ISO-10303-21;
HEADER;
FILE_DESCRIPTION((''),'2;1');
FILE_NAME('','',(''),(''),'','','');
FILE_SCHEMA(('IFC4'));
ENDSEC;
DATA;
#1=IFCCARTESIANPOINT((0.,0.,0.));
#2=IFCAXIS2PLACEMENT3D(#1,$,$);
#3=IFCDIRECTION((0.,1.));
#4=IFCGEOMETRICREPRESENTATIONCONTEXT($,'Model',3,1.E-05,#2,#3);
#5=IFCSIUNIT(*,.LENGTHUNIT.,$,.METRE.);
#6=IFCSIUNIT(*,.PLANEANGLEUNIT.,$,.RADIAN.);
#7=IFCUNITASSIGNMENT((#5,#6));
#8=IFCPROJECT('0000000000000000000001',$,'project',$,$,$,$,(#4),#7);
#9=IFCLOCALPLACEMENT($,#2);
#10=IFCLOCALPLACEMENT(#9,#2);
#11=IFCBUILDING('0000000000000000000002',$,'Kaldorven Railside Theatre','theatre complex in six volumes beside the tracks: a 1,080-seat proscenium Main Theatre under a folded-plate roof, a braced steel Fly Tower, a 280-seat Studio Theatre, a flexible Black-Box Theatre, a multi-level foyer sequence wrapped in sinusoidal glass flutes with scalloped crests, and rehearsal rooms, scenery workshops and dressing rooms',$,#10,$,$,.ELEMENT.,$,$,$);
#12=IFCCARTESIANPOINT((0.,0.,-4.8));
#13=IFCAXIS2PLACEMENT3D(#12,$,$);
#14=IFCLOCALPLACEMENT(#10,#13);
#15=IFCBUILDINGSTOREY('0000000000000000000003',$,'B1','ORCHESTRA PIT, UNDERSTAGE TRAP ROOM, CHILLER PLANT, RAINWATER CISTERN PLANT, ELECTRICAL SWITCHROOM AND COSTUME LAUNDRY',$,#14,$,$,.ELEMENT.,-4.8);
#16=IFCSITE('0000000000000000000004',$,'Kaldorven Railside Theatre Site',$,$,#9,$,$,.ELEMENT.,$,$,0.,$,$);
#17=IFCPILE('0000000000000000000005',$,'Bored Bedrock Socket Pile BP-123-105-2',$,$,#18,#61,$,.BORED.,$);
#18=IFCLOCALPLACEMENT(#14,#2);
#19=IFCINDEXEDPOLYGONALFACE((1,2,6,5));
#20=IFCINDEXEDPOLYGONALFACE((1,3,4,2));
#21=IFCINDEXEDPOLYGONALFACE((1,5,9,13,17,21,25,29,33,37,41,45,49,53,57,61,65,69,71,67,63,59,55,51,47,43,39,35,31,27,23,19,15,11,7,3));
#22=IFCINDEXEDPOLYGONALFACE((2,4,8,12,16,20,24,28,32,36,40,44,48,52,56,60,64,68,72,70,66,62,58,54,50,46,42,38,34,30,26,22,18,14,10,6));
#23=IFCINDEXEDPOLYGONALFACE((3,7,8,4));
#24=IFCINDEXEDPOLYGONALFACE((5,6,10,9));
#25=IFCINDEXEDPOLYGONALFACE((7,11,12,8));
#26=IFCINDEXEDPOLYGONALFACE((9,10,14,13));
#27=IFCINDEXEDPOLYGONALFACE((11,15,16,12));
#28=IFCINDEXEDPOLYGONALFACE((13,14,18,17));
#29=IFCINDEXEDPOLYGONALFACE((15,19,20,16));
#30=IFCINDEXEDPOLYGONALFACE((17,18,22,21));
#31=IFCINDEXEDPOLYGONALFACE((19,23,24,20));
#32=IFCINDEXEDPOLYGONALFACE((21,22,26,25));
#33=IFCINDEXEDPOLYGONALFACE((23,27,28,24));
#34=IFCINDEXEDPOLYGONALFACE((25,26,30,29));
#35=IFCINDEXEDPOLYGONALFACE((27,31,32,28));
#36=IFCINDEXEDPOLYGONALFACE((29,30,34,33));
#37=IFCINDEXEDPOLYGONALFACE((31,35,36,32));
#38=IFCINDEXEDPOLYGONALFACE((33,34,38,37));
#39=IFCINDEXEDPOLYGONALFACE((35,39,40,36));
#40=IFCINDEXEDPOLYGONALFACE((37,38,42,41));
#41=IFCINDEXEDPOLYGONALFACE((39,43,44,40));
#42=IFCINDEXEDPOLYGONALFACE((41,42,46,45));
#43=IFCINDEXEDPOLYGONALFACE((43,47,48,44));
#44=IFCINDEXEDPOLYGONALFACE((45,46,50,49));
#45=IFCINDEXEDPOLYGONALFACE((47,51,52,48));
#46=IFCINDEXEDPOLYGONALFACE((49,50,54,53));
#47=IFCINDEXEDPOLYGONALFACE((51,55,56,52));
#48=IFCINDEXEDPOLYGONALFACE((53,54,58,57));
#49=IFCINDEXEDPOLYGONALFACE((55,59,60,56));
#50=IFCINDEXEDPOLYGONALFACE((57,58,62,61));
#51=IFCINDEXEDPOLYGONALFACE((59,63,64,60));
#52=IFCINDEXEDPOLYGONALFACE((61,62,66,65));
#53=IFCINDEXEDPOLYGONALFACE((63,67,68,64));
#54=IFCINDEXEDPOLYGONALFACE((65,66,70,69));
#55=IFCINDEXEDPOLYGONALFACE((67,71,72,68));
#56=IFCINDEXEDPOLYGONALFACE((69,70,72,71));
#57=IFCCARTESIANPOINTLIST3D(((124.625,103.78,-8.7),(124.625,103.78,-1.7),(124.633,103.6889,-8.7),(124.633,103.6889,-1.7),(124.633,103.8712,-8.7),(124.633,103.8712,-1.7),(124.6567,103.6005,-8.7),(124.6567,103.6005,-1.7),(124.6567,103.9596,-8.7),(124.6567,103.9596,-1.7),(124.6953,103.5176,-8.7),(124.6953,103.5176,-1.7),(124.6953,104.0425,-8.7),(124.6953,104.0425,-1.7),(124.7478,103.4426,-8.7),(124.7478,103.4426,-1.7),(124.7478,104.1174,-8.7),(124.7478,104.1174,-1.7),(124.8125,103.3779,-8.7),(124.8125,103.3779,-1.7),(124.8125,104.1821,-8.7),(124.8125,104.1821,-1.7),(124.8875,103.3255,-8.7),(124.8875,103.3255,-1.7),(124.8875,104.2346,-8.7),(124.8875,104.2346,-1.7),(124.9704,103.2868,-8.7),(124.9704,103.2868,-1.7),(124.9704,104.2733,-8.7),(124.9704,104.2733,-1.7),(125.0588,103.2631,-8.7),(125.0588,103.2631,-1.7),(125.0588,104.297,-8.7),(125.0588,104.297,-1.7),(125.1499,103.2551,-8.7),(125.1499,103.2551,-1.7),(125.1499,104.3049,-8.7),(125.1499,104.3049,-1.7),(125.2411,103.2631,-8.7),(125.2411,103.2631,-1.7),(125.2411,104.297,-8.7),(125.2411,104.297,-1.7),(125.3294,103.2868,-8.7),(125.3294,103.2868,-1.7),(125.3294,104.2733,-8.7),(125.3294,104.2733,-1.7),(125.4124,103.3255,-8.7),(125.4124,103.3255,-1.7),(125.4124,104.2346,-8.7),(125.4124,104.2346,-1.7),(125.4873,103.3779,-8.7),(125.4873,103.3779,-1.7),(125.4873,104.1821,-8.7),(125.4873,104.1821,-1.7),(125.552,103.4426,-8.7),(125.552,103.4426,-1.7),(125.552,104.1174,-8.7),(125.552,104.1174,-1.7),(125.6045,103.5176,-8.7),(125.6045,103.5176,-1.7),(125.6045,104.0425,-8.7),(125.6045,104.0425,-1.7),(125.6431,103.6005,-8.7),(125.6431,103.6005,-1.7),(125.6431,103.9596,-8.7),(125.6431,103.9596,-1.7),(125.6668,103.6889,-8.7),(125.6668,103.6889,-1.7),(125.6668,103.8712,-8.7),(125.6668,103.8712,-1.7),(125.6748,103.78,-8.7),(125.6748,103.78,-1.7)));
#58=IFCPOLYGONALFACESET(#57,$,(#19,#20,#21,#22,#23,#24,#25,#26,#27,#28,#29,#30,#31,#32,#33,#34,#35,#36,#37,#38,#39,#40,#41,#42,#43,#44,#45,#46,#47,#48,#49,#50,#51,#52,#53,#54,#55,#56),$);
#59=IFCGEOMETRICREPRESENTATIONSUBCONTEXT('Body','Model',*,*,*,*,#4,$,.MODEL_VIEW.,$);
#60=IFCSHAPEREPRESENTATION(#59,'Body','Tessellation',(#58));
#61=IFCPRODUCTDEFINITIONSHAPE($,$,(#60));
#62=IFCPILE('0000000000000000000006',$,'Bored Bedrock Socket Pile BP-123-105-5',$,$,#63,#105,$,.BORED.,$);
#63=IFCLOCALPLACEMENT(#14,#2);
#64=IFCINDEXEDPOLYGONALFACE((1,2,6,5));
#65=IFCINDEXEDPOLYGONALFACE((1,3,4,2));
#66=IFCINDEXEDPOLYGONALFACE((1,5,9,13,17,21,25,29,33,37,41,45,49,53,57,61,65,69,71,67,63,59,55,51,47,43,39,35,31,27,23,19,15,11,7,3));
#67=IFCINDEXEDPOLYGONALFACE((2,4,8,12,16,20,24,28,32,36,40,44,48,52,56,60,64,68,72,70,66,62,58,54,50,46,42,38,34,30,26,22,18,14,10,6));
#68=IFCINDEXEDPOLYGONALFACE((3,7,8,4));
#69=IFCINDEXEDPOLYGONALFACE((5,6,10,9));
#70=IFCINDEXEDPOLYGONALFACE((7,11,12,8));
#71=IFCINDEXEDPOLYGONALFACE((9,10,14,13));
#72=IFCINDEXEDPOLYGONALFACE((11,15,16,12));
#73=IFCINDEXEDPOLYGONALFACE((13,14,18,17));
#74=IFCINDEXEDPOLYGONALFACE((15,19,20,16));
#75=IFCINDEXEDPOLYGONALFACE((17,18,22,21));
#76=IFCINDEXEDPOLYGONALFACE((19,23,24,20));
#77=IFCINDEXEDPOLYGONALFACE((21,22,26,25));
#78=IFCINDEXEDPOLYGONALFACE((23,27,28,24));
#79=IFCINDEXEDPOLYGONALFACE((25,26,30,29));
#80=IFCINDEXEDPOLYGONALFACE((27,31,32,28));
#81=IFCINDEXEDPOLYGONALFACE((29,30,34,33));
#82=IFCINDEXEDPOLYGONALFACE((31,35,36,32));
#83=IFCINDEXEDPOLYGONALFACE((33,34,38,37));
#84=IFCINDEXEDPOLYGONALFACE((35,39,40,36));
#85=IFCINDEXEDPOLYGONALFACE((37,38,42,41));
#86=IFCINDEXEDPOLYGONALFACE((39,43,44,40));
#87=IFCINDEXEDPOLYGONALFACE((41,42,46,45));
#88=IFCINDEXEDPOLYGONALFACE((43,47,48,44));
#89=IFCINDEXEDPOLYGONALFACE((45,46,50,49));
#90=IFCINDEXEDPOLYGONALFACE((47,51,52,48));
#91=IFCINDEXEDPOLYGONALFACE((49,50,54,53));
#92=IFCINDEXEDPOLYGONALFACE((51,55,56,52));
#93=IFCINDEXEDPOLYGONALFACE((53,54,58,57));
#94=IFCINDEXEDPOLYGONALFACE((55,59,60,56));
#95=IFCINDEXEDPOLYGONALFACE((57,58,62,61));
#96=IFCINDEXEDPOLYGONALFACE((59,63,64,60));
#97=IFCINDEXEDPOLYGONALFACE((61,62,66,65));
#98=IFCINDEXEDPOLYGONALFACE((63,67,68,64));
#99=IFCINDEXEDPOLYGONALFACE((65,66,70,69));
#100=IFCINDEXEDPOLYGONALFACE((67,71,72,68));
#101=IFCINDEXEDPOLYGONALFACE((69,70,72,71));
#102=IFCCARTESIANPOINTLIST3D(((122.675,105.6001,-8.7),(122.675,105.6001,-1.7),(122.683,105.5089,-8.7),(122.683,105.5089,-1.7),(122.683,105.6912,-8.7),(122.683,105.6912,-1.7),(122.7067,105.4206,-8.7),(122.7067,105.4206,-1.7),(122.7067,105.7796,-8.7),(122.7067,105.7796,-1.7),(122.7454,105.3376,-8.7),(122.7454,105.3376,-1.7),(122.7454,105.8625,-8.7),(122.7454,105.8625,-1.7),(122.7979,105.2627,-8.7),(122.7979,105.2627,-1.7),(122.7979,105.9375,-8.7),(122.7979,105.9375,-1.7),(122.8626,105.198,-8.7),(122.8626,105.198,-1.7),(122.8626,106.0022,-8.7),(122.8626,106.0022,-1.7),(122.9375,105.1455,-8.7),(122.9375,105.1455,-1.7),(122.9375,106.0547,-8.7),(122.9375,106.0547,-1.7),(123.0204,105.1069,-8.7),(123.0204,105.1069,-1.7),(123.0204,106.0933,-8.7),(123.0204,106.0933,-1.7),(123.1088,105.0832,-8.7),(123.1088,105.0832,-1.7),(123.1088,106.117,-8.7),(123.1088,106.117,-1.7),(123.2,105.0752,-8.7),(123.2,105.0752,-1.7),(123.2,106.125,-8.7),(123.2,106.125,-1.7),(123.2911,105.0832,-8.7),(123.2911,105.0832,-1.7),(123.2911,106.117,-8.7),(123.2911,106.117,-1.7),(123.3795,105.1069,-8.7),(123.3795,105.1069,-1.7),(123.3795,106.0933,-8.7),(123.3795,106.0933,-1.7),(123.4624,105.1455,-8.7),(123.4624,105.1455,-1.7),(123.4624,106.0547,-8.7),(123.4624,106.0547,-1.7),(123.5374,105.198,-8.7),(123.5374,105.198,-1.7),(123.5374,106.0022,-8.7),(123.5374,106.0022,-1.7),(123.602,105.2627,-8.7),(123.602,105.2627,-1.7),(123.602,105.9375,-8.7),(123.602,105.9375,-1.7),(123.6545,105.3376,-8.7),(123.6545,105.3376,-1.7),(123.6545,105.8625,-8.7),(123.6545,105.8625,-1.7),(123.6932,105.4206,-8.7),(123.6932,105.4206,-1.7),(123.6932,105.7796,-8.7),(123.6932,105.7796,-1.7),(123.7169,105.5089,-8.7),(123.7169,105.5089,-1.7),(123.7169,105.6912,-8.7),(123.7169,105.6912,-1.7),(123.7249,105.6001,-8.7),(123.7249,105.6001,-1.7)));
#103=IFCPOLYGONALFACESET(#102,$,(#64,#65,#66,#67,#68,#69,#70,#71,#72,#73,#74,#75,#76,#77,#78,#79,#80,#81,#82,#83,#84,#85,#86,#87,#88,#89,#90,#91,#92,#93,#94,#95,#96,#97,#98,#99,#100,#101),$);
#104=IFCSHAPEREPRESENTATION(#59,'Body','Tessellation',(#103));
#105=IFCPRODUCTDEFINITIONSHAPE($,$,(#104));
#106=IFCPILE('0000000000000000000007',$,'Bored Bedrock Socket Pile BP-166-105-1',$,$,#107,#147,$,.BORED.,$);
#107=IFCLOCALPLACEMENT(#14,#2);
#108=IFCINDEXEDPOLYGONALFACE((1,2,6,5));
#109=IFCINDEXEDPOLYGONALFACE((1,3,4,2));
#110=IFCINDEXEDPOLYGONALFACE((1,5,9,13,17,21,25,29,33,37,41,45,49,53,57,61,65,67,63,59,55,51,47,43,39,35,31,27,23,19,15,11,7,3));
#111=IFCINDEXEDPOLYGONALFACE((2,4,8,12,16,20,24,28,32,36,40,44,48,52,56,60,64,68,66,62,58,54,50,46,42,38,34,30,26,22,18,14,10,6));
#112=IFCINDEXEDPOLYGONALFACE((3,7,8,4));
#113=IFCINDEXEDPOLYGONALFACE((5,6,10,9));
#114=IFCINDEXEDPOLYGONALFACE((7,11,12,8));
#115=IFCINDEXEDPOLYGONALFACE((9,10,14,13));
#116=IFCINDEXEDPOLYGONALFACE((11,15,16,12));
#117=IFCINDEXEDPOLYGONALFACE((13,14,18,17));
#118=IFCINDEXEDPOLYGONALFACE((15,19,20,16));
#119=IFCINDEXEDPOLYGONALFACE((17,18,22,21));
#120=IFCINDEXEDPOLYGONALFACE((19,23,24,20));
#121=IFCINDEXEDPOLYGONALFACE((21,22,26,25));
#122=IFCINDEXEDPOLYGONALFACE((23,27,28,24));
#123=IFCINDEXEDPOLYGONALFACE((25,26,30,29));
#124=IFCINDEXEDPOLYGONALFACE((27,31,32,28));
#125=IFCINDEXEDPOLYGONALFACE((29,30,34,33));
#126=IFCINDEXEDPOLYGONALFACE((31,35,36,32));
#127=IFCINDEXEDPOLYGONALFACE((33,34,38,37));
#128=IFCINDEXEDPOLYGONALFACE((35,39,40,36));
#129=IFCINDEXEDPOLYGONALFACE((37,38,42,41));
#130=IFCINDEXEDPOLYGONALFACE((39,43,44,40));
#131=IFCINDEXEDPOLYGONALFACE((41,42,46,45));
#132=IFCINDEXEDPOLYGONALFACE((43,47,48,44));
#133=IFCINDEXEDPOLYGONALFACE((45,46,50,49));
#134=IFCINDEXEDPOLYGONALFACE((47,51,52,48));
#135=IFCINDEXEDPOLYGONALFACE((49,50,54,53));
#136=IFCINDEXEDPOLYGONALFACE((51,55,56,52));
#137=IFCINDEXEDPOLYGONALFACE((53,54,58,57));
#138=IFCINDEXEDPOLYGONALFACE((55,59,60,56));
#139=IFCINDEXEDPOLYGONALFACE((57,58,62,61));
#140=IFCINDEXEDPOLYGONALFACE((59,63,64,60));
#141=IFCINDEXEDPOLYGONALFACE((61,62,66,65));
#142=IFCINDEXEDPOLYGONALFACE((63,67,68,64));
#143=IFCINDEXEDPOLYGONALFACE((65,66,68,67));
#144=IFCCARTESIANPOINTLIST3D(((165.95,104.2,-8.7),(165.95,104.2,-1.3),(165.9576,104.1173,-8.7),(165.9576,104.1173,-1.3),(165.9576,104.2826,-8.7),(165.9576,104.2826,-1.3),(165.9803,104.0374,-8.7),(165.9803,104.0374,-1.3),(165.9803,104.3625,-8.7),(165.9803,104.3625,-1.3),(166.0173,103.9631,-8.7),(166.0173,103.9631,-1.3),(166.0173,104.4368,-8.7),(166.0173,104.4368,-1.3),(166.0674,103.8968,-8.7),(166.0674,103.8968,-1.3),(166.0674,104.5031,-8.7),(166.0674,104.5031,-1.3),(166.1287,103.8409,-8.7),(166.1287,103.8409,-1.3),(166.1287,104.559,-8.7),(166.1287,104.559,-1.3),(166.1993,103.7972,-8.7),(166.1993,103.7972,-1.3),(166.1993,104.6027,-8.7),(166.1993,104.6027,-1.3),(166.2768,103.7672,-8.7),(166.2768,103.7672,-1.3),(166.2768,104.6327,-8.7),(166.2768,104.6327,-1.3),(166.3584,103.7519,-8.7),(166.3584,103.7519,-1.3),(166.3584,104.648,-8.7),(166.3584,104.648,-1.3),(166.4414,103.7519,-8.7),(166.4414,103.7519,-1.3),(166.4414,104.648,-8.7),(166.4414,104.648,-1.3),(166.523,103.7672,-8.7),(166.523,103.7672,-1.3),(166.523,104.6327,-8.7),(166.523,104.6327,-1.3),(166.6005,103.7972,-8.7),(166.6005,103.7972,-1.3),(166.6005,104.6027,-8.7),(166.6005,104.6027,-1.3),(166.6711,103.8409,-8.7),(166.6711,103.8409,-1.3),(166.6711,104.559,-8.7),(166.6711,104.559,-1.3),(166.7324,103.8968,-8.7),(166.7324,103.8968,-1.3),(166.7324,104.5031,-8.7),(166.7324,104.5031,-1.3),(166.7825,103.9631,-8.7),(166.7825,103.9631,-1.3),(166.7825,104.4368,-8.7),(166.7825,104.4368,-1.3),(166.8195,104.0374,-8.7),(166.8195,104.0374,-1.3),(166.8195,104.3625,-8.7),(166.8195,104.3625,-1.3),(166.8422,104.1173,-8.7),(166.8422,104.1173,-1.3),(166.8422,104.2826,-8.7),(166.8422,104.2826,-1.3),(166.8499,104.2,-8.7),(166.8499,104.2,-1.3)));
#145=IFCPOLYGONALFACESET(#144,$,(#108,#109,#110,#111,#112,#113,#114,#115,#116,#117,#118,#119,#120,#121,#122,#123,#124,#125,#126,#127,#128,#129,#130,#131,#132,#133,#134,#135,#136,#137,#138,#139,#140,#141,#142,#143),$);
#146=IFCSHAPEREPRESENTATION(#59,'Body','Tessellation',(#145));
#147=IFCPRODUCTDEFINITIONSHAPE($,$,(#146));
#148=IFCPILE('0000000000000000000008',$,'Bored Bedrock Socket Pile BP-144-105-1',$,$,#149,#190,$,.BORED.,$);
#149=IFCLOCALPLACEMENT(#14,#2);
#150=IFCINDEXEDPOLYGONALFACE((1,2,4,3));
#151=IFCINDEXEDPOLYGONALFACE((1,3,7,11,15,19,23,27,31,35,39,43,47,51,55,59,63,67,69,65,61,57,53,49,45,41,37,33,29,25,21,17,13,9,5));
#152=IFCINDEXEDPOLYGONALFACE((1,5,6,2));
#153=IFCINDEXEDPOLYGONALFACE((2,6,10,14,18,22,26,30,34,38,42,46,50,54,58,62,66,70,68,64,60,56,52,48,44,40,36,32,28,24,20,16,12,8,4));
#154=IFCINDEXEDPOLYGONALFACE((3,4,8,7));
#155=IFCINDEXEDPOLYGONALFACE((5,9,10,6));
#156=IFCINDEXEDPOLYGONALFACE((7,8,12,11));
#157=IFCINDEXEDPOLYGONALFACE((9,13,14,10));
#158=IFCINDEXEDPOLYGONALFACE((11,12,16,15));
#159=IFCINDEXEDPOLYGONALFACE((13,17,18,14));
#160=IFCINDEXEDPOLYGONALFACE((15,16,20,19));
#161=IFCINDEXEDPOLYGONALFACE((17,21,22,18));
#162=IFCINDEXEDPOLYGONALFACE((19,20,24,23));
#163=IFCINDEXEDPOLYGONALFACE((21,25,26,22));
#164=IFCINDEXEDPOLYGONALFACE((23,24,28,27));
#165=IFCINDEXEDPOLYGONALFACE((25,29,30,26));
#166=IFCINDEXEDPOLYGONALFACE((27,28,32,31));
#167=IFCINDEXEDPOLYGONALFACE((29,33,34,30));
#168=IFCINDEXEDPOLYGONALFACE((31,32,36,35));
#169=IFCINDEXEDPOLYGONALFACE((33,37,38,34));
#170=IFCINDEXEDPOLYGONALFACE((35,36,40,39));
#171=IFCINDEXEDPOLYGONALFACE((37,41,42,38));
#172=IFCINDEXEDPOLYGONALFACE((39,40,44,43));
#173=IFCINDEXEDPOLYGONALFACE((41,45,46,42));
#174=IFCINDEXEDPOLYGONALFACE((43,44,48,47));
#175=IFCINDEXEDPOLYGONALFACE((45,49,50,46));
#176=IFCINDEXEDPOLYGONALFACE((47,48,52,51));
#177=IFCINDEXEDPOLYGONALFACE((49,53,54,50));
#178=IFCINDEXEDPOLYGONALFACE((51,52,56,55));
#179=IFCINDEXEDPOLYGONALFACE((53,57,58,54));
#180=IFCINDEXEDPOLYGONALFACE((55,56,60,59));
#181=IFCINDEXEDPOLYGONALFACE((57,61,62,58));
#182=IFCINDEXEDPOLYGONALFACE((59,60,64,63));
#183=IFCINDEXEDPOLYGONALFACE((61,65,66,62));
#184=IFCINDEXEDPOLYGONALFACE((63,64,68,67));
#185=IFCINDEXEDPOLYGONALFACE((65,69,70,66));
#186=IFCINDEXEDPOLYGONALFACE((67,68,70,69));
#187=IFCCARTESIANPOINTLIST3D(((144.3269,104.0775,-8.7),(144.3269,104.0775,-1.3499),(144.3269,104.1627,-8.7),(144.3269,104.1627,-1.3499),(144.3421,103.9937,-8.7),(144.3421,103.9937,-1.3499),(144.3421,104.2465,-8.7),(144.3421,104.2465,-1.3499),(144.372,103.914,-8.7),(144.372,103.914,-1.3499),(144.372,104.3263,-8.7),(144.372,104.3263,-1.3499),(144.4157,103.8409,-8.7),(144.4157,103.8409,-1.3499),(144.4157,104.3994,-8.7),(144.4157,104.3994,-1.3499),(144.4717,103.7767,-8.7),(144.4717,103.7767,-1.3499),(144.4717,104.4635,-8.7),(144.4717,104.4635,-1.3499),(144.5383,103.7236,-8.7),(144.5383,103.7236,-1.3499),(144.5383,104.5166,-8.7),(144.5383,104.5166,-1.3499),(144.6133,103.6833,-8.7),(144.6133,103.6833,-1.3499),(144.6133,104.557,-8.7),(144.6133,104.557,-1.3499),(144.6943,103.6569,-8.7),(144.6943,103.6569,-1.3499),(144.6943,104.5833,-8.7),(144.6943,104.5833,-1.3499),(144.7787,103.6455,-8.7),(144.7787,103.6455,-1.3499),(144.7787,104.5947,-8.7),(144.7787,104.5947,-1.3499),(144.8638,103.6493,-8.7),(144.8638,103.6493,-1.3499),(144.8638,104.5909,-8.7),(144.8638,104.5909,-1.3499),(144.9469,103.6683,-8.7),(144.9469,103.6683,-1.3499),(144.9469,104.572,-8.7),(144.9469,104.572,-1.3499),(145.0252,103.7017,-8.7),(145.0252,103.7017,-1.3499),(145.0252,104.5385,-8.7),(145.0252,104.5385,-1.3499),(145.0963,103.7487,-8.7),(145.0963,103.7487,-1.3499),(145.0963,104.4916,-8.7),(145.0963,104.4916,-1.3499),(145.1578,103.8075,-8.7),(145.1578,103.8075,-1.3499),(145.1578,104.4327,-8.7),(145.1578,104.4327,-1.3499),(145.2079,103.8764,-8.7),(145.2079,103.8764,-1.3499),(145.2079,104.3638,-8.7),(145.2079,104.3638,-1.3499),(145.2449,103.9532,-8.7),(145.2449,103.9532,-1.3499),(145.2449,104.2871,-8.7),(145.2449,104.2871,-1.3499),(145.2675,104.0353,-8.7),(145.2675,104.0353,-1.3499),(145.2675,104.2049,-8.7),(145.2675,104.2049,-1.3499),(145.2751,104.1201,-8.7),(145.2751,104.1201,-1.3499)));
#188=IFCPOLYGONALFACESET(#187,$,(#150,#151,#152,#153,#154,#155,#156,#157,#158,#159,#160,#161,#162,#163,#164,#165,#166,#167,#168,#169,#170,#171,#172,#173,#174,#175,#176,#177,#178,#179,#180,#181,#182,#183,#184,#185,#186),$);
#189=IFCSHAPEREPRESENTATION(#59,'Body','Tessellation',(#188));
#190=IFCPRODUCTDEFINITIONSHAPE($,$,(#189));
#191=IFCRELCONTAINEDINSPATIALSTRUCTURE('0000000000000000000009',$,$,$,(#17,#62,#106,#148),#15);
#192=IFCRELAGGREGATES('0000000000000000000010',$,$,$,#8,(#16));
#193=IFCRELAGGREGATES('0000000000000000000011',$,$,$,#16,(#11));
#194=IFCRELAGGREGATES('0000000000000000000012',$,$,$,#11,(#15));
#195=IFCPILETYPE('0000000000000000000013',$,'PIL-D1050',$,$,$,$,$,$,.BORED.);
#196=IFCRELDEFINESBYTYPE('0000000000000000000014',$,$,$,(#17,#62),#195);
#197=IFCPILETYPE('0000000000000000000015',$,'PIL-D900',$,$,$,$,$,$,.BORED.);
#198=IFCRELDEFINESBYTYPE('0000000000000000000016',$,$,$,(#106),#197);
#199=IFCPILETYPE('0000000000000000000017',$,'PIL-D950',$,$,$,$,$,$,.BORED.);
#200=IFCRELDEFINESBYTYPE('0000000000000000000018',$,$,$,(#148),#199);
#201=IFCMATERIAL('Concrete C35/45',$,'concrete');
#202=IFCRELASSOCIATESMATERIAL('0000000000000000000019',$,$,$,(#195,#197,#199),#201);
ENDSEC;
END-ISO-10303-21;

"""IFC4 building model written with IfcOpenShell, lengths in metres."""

from ifc_helpers import new_model, si_unit, direction, frame, origin, origin_2d, place, context, subcontext, project, spatial, circle, extrude, material, material_profile, profile_set, type_object, element, save


model = new_model("IFC4")

# Units and contexts
model_context = context("Model", 3, precision=1e-05, world=origin(), true_north=direction((0.0, 1.0)))
body_context = subcontext(model_context, "Body", "Model", "MODEL_VIEW")
ifc_project = project(units=[si_unit("LENGTHUNIT", "METRE"), si_unit("PLANEANGLEUNIT", "RADIAN")], contexts=[model_context])

# Site, building, storey
site_placement = place(None, origin())
site = spatial("IfcSite", under=ifc_project, at=site_placement, Name="Kaldorven Railside Theatre Site", CompositionType="ELEMENT", RefElevation=0.0)
building_placement = place(site_placement, origin())
building = spatial("IfcBuilding", under=site, at=building_placement, Name="Kaldorven Railside Theatre", Description="theatre complex in six volumes beside the tracks: a 1,080-seat proscenium Main Theatre under a folded-plate roof, a braced steel Fly Tower, a 280-seat Studio Theatre, a flexible Black-Box Theatre, a multi-level foyer sequence wrapped in sinusoidal glass flutes with scalloped crests, and rehearsal rooms, scenery workshops and dressing rooms", CompositionType="ELEMENT")
storey_placement = place(building_placement, frame((0.0, 0.0, -4.8)))
storey = spatial("IfcBuildingStorey", under=building, at=storey_placement, Name="B1", Description="ORCHESTRA PIT, UNDERSTAGE TRAP ROOM, CHILLER PLANT, RAINWATER CISTERN PLANT, ELECTRICAL SWITCHROOM AND COSTUME LAUNDRY", CompositionType="ELEMENT", Elevation=-4.8)

# Piles
ifc_material_1 = material(Name="Concrete C35/45", Category="concrete")
ifc_material_profile_1 = material_profile(ifc_material_1, circle(Radius=0.5249, at=origin_2d()), Name="BP D1050")
ifc_profile_set_1 = profile_set([ifc_material_profile_1], Name="Concrete C35/45")
pile_type_1 = type_object("IfcPileType", Name="PIL-D1050", PredefinedType="BORED", material=ifc_profile_set_1)
for number, where, z_axis, x_axis, name in (
    (1, (125.1499, 103.78, -1.7), (0.0, 0.0, -1.0), (1.0, 0.0, 0.0), "Bored Bedrock Socket Pile BP-123-105-2"),
    (2, (123.2, 105.6001, -1.7), (0.0, 0.0, -1.0), (1.0, 0.0, 0.0), "Bored Bedrock Socket Pile BP-123-105-5"),
):
    element("IfcPile", number, at=place(storey_placement, frame(where, z_axis=z_axis, x_axis=x_axis)), inside=storey, type_object=pile_type_1, Name=name, PredefinedType="BORED", context=body_context, shape_type="SweptSolid", body=[
        extrude(circle(Radius=0.5249, at=origin_2d()), origin(), (0.0, 0.0, 1.0), 7.0),
    ])
ifc_material_profile_2 = material_profile(ifc_material_1, circle(Radius=0.45, at=origin_2d()), Name="BP D900")
ifc_profile_set_2 = profile_set([ifc_material_profile_2], Name="Concrete C35/45")
pile_type_2 = type_object("IfcPileType", Name="PIL-D900", PredefinedType="BORED", material=ifc_profile_set_2)
pile_placement = place(storey_placement, frame((166.3999, 104.2, -1.3), z_axis=(0.0, 0.0, -1.0), x_axis=(1.0, 0.0, 0.0)))
element("IfcPile", 3, at=pile_placement, inside=storey, type_object=pile_type_2, Name="Bored Bedrock Socket Pile BP-166-105-1", PredefinedType="BORED", context=body_context, shape_type="SweptSolid", body=[
    extrude(circle(Radius=0.45, at=origin_2d()), origin(), (0.0, 0.0, 1.0), 7.3999),
])
ifc_material_profile_3 = material_profile(ifc_material_1, circle(Radius=0.4751, at=origin_2d()), Name="BP D950")
ifc_profile_set_3 = profile_set([ifc_material_profile_3], Name="Concrete C35/45")
pile_type_3 = type_object("IfcPileType", Name="PIL-D950", PredefinedType="BORED", material=ifc_profile_set_3)
for number, where, z_axis, x_axis, name in (
    (4, (144.8, 104.1201, -1.3499), (0.0, 0.0, -1.0), (1.0, 0.0, 0.0), "Bored Bedrock Socket Pile BP-144-105-1"),
):
    element("IfcPile", number, at=place(storey_placement, frame(where, z_axis=z_axis, x_axis=x_axis)), inside=storey, type_object=pile_type_3, Name=name, PredefinedType="BORED", context=body_context, shape_type="SweptSolid", body=[
        extrude(circle(Radius=0.4751, at=origin_2d()), origin(), (0.0, 0.0, 1.0), 7.3501),
    ])

save(model, "model.ifc")
